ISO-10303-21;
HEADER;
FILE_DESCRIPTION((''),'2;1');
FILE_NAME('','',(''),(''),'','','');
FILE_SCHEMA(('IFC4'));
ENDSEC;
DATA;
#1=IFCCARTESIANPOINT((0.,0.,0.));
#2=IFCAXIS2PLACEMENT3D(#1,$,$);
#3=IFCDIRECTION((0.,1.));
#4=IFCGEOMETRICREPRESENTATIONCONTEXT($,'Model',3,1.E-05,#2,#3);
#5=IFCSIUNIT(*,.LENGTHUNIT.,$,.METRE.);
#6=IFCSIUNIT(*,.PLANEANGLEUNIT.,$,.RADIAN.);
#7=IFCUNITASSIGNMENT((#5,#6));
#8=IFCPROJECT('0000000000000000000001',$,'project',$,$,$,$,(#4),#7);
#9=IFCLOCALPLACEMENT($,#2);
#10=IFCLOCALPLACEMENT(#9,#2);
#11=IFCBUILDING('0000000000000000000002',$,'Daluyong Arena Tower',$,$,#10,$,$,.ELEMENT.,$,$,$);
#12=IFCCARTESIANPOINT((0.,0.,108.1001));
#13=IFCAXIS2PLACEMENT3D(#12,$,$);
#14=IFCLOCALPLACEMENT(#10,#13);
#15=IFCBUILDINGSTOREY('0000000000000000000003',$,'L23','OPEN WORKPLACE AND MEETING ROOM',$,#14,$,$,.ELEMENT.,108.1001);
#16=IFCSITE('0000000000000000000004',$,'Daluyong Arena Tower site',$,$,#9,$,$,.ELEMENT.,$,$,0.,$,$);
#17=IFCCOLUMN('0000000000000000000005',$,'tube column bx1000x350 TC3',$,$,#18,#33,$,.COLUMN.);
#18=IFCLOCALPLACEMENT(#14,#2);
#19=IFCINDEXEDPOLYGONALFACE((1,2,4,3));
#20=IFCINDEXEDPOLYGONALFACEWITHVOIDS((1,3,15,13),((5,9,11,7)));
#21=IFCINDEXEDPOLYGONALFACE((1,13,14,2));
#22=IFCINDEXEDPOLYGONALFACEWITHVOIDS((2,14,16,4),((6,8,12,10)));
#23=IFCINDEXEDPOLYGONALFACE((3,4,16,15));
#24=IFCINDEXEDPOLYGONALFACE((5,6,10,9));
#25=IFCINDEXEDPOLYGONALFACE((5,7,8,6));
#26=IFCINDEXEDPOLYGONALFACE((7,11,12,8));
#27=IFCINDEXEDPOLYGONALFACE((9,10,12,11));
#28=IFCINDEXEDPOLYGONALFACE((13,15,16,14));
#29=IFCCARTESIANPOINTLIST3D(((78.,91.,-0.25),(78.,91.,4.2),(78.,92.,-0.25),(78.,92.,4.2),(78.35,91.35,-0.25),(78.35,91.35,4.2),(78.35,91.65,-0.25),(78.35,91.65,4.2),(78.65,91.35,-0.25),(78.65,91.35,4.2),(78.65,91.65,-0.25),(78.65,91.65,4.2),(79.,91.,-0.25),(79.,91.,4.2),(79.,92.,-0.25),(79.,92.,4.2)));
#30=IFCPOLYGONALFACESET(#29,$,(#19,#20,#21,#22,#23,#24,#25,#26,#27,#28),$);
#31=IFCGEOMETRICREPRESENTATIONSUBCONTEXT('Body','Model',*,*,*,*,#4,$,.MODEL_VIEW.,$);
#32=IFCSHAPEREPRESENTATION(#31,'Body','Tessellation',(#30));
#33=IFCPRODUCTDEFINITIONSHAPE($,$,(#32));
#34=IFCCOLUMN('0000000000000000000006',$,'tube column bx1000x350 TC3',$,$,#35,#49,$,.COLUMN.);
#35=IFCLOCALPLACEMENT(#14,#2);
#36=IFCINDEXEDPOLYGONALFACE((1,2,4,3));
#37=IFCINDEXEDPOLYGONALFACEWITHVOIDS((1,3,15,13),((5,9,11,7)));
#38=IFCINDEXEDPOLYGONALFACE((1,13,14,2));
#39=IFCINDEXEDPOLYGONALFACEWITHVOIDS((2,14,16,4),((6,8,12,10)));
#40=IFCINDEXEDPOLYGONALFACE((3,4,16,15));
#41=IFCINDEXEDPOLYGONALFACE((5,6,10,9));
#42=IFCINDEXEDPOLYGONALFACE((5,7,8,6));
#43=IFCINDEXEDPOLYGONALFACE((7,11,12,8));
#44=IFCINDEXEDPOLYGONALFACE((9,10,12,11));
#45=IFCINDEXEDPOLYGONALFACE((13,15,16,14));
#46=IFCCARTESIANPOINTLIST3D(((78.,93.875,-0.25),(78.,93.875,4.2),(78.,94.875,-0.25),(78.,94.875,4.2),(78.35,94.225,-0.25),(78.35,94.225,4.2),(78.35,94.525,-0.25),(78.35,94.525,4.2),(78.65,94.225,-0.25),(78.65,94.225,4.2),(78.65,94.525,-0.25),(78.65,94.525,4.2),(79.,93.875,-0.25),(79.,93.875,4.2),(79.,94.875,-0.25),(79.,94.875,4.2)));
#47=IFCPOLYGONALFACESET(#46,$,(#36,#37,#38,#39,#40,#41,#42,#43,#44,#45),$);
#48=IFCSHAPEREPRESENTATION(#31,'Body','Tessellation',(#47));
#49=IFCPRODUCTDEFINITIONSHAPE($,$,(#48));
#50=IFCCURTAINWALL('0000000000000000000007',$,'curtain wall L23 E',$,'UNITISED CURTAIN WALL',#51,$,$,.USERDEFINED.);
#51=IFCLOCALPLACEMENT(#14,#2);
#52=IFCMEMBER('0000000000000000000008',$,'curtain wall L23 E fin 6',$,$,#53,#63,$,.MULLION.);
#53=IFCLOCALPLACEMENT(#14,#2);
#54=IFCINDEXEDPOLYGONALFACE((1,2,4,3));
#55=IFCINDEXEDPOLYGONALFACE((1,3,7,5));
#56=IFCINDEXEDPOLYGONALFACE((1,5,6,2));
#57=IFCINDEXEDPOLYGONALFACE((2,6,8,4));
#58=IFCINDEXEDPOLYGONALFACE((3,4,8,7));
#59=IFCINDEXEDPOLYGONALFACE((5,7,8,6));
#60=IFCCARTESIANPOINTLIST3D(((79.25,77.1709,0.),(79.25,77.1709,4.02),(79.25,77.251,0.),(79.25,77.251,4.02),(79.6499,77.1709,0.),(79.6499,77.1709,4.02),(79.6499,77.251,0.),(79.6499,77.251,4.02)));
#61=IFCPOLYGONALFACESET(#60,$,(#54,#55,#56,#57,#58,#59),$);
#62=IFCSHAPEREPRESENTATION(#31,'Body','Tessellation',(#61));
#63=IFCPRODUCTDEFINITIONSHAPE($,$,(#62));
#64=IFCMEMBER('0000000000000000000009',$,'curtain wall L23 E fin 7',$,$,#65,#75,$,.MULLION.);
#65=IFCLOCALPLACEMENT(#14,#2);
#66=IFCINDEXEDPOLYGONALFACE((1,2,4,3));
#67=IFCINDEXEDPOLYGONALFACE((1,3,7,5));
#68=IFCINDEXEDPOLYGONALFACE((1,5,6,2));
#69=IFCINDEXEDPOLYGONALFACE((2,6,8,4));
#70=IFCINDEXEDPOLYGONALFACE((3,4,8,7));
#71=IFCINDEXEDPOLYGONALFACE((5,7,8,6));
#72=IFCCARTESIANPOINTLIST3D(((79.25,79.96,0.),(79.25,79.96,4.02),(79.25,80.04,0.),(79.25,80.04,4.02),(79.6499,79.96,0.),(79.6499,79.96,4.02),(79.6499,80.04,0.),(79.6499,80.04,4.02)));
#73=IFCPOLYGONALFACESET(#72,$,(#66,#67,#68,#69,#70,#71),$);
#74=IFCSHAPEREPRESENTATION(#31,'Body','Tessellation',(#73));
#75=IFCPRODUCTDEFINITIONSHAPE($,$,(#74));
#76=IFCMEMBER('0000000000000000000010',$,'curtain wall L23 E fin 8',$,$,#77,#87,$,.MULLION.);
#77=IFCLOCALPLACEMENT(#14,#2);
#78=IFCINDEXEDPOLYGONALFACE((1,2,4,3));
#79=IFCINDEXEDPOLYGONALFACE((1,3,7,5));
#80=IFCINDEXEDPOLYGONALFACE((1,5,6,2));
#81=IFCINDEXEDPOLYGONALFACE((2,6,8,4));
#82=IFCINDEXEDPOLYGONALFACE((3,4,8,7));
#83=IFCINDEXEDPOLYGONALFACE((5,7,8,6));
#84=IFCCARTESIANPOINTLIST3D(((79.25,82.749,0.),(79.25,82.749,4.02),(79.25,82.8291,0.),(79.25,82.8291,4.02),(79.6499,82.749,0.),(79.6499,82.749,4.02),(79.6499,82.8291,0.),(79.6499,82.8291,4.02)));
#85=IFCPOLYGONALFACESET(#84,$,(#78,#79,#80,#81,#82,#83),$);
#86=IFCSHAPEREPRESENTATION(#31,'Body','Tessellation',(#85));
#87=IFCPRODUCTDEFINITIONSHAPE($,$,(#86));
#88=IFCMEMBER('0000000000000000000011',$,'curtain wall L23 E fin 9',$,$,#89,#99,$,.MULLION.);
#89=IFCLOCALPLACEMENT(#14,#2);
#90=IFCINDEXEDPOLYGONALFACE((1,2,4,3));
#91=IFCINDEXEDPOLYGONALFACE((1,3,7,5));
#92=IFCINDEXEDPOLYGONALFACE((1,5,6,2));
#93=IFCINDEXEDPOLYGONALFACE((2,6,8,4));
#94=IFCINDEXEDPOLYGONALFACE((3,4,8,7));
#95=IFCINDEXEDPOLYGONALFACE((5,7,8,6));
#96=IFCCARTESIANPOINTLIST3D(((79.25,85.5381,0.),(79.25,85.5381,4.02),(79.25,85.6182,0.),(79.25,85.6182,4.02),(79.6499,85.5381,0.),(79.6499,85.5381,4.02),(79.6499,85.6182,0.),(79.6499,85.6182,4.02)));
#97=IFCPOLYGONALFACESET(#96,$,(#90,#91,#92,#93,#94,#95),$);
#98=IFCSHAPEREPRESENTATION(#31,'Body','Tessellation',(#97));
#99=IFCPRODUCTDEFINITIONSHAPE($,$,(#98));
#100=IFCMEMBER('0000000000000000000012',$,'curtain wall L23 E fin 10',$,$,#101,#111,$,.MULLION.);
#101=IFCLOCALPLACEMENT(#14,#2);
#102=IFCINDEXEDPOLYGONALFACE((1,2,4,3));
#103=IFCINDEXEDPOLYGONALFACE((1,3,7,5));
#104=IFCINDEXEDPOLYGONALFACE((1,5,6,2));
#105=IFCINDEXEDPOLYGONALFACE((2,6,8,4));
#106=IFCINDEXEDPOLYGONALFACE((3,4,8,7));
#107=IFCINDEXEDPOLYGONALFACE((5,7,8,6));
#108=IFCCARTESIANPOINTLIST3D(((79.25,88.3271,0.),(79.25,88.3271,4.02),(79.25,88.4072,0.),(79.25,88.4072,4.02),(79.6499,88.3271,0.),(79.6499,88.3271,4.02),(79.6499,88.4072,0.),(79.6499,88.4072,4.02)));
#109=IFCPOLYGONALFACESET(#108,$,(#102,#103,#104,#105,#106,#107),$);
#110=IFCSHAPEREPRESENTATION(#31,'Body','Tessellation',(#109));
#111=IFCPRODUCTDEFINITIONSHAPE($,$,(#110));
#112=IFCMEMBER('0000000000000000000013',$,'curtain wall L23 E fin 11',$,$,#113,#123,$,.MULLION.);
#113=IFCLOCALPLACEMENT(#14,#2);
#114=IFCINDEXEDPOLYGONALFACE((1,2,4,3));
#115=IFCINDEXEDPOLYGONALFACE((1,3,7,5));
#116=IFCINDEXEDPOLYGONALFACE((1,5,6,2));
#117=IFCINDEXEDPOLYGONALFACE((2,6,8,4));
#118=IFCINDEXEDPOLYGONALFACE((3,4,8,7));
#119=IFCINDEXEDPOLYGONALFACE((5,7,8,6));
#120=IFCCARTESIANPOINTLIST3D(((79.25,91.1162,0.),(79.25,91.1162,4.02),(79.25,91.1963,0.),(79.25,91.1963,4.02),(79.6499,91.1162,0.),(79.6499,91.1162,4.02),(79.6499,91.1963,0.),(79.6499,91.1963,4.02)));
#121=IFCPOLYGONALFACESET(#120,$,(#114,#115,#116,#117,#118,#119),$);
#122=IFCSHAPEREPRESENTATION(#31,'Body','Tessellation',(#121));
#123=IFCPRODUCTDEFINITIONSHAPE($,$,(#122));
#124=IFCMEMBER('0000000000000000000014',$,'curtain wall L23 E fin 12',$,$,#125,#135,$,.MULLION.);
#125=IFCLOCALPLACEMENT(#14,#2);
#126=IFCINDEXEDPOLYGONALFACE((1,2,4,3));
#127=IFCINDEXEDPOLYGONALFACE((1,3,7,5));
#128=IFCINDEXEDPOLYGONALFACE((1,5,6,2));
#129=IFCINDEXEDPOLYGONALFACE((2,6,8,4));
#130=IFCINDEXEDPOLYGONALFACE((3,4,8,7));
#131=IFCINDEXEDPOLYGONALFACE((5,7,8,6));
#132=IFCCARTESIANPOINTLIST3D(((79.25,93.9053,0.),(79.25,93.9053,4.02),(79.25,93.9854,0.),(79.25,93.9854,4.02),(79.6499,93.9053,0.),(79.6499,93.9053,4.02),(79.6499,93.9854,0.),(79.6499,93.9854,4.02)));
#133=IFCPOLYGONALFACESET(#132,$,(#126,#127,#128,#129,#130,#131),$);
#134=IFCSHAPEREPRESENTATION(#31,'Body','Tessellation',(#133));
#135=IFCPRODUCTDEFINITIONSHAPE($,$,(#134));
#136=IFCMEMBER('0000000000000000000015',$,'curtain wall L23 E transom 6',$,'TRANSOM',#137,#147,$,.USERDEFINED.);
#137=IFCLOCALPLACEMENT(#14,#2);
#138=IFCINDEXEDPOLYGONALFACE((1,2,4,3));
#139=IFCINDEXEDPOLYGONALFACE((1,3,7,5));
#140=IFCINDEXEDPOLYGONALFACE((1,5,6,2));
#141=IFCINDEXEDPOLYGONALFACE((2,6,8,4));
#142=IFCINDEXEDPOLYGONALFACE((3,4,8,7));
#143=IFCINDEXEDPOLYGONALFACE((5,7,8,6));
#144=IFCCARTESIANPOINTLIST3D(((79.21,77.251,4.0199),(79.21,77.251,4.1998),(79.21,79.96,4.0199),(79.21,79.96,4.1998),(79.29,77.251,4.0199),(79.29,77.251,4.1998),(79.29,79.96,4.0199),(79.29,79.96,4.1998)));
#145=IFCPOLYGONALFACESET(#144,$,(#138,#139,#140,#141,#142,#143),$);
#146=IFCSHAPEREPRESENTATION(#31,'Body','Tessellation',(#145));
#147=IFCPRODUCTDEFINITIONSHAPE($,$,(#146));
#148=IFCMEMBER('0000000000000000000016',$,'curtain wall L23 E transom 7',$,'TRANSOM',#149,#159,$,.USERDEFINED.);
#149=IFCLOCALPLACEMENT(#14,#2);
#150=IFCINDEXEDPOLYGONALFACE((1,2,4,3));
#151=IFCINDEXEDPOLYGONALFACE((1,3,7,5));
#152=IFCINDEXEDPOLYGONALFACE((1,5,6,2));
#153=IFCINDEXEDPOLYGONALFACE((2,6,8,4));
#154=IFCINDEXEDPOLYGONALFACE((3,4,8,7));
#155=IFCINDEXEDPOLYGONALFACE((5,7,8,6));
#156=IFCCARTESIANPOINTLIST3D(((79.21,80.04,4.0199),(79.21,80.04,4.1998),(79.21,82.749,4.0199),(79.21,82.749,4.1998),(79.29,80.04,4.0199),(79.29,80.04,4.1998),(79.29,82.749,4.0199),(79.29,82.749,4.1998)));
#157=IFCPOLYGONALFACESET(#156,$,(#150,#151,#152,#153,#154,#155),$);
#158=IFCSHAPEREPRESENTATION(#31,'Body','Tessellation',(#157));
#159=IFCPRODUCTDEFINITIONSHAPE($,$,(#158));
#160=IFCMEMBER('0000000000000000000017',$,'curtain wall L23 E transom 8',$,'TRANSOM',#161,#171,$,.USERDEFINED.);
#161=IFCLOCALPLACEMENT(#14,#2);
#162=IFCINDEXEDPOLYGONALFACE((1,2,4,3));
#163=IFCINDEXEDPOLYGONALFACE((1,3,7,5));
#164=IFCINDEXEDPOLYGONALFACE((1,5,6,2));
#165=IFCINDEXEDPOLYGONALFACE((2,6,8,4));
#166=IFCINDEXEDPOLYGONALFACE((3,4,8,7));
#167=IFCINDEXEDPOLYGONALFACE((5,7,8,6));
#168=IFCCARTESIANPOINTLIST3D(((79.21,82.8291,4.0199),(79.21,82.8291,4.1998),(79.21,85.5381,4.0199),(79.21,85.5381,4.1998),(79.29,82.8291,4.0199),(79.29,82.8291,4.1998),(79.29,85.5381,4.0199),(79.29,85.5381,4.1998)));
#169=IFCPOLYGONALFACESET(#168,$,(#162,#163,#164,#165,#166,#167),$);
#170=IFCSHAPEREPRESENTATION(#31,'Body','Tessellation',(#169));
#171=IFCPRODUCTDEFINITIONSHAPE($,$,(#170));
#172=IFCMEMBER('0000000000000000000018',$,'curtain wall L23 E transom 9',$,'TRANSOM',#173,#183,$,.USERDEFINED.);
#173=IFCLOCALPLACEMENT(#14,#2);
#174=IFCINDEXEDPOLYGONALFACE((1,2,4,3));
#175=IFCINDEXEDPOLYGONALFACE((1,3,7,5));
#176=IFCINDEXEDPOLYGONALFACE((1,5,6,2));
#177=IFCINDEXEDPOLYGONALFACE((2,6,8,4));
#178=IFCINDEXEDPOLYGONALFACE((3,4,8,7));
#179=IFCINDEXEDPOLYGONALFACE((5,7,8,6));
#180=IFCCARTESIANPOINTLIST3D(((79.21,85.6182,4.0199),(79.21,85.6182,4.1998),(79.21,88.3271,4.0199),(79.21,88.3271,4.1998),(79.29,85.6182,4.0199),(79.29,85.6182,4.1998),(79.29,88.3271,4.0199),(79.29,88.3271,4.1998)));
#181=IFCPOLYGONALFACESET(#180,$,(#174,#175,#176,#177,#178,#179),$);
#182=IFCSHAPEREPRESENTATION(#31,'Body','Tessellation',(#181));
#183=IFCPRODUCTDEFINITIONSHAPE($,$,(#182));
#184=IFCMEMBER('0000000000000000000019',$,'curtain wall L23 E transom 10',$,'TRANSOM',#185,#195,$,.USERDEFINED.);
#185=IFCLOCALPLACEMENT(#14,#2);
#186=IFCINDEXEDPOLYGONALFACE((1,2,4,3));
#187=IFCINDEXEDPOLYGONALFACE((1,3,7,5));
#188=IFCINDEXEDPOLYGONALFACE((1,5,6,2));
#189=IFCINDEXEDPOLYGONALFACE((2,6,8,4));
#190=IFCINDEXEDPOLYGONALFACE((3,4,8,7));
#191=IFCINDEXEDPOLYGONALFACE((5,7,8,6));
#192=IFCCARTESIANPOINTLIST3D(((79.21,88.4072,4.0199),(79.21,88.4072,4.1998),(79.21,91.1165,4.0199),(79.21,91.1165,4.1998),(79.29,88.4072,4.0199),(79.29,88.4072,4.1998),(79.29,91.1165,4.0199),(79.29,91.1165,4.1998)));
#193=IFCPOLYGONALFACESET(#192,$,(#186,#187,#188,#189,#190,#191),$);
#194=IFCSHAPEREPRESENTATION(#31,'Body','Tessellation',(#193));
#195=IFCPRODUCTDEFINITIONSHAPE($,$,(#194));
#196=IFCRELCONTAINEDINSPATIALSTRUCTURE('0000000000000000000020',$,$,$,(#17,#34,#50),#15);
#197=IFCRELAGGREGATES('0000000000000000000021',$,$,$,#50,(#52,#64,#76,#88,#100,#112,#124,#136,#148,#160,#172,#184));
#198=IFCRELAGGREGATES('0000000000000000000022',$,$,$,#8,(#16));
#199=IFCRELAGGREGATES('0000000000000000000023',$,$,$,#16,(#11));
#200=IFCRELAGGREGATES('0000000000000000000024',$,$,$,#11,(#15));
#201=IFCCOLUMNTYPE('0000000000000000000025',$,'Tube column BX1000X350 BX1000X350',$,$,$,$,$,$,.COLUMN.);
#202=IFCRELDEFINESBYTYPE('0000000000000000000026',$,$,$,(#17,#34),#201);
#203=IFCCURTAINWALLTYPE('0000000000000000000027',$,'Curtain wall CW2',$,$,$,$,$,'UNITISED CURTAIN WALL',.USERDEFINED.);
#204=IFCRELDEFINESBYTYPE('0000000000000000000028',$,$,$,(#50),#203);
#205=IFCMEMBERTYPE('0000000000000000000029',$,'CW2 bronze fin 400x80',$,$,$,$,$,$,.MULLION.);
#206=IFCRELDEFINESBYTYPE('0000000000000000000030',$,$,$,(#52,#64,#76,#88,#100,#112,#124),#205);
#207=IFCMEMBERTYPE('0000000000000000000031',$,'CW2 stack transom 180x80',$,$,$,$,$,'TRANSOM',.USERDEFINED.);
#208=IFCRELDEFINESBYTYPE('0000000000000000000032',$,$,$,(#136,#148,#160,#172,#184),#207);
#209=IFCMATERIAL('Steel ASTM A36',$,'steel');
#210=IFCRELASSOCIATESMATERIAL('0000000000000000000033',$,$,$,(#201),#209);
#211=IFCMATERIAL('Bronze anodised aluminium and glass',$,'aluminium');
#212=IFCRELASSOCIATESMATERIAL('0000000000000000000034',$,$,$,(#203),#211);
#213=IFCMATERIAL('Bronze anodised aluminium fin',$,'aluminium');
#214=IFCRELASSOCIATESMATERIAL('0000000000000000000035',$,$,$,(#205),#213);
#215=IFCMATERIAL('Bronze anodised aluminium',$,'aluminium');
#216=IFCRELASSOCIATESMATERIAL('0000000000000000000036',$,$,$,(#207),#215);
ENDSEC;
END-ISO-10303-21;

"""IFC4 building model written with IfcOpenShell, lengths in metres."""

from ifc_helpers import new_model, si_unit, direction, frame, origin, origin_2d, place, context, subcontext, project, spatial, rectangle, hollow_rectangle, extrude, material, material_profile, profile_set, type_object, element, aggregate, save


model = new_model("IFC4")

# Units and contexts
model_context = context("Model", 3, precision=1e-05, world=origin(), true_north=direction((0.0, 1.0)))
body_context = subcontext(model_context, "Body", "Model", "MODEL_VIEW")
ifc_project = project(units=[si_unit("LENGTHUNIT", "METRE"), si_unit("PLANEANGLEUNIT", "RADIAN")], contexts=[model_context])

# Site, building, storey
site_placement = place(None, origin())
site = spatial("IfcSite", under=ifc_project, at=site_placement, Name="Daluyong Arena Tower site", CompositionType="ELEMENT", RefElevation=0.0)
building_placement = place(site_placement, origin())
building = spatial("IfcBuilding", under=site, at=building_placement, Name="Daluyong Arena Tower", CompositionType="ELEMENT")
storey_placement = place(building_placement, frame((0.0, 0.0, 108.1001)))
storey = spatial("IfcBuildingStorey", under=building, at=storey_placement, Name="L23", Description="OPEN WORKPLACE AND MEETING ROOM", CompositionType="ELEMENT", Elevation=108.1001)

# Columns
ifc_material_1 = material(Name="Steel ASTM A36", Category="steel")
ifc_material_profile_1 = material_profile(ifc_material_1, hollow_rectangle(XDim=1.0, YDim=1.0, WallThickness=0.35, at=origin_2d()))
ifc_profile_set_1 = profile_set([ifc_material_profile_1], Name="Steel ASTM A36")
column_type = type_object("IfcColumnType", Name="Tube column BX1000X350 BX1000X350", PredefinedType="COLUMN", material=ifc_profile_set_1)
for number, where, z_axis, x_axis, name in (
    (1, (78.5, 91.5, -0.25), (0.0, 0.0, 1.0), (0.0, 1.0, 0.0), "tube column bx1000x350 TC3"),
    (2, (78.5, 94.375, -0.25), (0.0, 0.0, 1.0), (0.0, 1.0, 0.0), "tube column bx1000x350 TC3"),
):
    element("IfcColumn", number, at=place(storey_placement, frame(where, z_axis=z_axis, x_axis=x_axis)), inside=storey, type_object=column_type, Name=name, PredefinedType="COLUMN", context=body_context, shape_type="SweptSolid", body=[
        extrude(hollow_rectangle(XDim=1.0, YDim=1.0, WallThickness=0.35, at=origin_2d()), origin(), (0.0, 0.0, 1.0), 4.45),
    ])

# Curtain wall, members
ifc_material_2 = material(Name="Bronze anodised aluminium and glass", Category="aluminium")
curtain_wall_type = type_object("IfcCurtainWallType", Name="Curtain wall CW2", ElementType="UNITISED CURTAIN WALL", PredefinedType="USERDEFINED", material=ifc_material_2)
curtain_wall_placement = place(storey_placement, origin())
curtain_wall = element("IfcCurtainWall", 3, at=curtain_wall_placement, inside=storey, type_object=curtain_wall_type, Name="curtain wall L23 E", ObjectType="UNITISED CURTAIN WALL", PredefinedType="USERDEFINED")
ifc_material_3 = material(Name="Bronze anodised aluminium fin", Category="aluminium")
ifc_material_profile_2 = material_profile(ifc_material_3, rectangle(XDim=0.3999, YDim=0.0801, at=origin_2d()))
ifc_profile_set_2 = profile_set([ifc_material_profile_2], Name="Bronze anodised aluminium fin")
member_type_1 = type_object("IfcMemberType", Name="CW2 bronze fin 400x80", PredefinedType="MULLION", material=ifc_profile_set_2)
member_1_placement = place(storey_placement, frame((79.45, 77.2109, 0.0), z_axis=(0.0, 0.0, 1.0), x_axis=(-1.0, 0.0, 0.0)))
member_1 = element("IfcMember", 4, at=member_1_placement, type_object=member_type_1, Name="curtain wall L23 E fin 6", PredefinedType="MULLION", context=body_context, shape_type="SweptSolid", body=[
    extrude(rectangle(XDim=0.3999, YDim=0.0801, at=origin_2d()), origin(), (0.0, 0.0, 1.0), 4.02),
])
member_2_placement = place(storey_placement, frame((79.45, 80.0, 0.0), z_axis=(0.0, 0.0, 1.0), x_axis=(-1.0, 0.0, 0.0)))
member_2 = element("IfcMember", 5, at=member_2_placement, type_object=member_type_1, Name="curtain wall L23 E fin 7", PredefinedType="MULLION", context=body_context, shape_type="SweptSolid", body=[
    extrude(rectangle(XDim=0.3999, YDim=0.0801, at=origin_2d()), origin(), (0.0, 0.0, 1.0), 4.02),
])
member_3_placement = place(storey_placement, frame((79.45, 82.7891, 0.0), z_axis=(0.0, 0.0, 1.0), x_axis=(-1.0, 0.0, 0.0)))
member_3 = element("IfcMember", 6, at=member_3_placement, type_object=member_type_1, Name="curtain wall L23 E fin 8", PredefinedType="MULLION", context=body_context, shape_type="SweptSolid", body=[
    extrude(rectangle(XDim=0.3999, YDim=0.0801, at=origin_2d()), origin(), (0.0, 0.0, 1.0), 4.02),
])
member_4_placement = place(storey_placement, frame((79.45, 85.5781, 0.0), z_axis=(0.0, 0.0, 1.0), x_axis=(-1.0, 0.0, 0.0)))
member_4 = element("IfcMember", 7, at=member_4_placement, type_object=member_type_1, Name="curtain wall L23 E fin 9", PredefinedType="MULLION", context=body_context, shape_type="SweptSolid", body=[
    extrude(rectangle(XDim=0.3999, YDim=0.0801, at=origin_2d()), origin(), (0.0, 0.0, 1.0), 4.02),
])
member_5_placement = place(storey_placement, frame((79.45, 88.3672, 0.0), z_axis=(0.0, 0.0, 1.0), x_axis=(-1.0, 0.0, 0.0)))
member_5 = element("IfcMember", 8, at=member_5_placement, type_object=member_type_1, Name="curtain wall L23 E fin 10", PredefinedType="MULLION", context=body_context, shape_type="SweptSolid", body=[
    extrude(rectangle(XDim=0.3999, YDim=0.0801, at=origin_2d()), origin(), (0.0, 0.0, 1.0), 4.02),
])
member_6_placement = place(storey_placement, frame((79.45, 91.1562, 0.0), z_axis=(0.0, 0.0, 1.0), x_axis=(-1.0, 0.0, 0.0)))
member_6 = element("IfcMember", 9, at=member_6_placement, type_object=member_type_1, Name="curtain wall L23 E fin 11", PredefinedType="MULLION", context=body_context, shape_type="SweptSolid", body=[
    extrude(rectangle(XDim=0.3999, YDim=0.0801, at=origin_2d()), origin(), (0.0, 0.0, 1.0), 4.02),
])
member_7_placement = place(storey_placement, frame((79.45, 93.9453, 0.0), z_axis=(0.0, 0.0, 1.0), x_axis=(-1.0, 0.0, 0.0)))
member_7 = element("IfcMember", 10, at=member_7_placement, type_object=member_type_1, Name="curtain wall L23 E fin 12", PredefinedType="MULLION", context=body_context, shape_type="SweptSolid", body=[
    extrude(rectangle(XDim=0.3999, YDim=0.0801, at=origin_2d()), origin(), (0.0, 0.0, 1.0), 4.02),
])
ifc_material_4 = material(Name="Bronze anodised aluminium", Category="aluminium")
ifc_material_profile_3 = material_profile(ifc_material_4, rectangle(XDim=0.0801, YDim=0.1799, at=origin_2d()))
ifc_profile_set_3 = profile_set([ifc_material_profile_3], Name="Bronze anodised aluminium")
member_type_2 = type_object("IfcMemberType", Name="CW2 stack transom 180x80", ElementType="TRANSOM", PredefinedType="USERDEFINED", material=ifc_profile_set_3)
member_8_placement = place(storey_placement, frame((79.25, 77.251, 4.1099), z_axis=(0.0, 1.0, 0.0), x_axis=(-1.0, 0.0, 0.0)))
member_8 = element("IfcMember", 11, at=member_8_placement, type_object=member_type_2, Name="curtain wall L23 E transom 6", ObjectType="TRANSOM", PredefinedType="USERDEFINED", context=body_context, shape_type="SweptSolid", body=[
    extrude(rectangle(XDim=0.0801, YDim=0.1799, at=origin_2d()), origin(), (0.0, 0.0, 1.0), 2.709),
])
member_9_placement = place(storey_placement, frame((79.25, 80.04, 4.1099), z_axis=(0.0, 1.0, 0.0), x_axis=(-1.0, 0.0, 0.0)))
member_9 = element("IfcMember", 12, at=member_9_placement, type_object=member_type_2, Name="curtain wall L23 E transom 7", ObjectType="TRANSOM", PredefinedType="USERDEFINED", context=body_context, shape_type="SweptSolid", body=[
    extrude(rectangle(XDim=0.0801, YDim=0.1799, at=origin_2d()), origin(), (0.0, 0.0, 1.0), 2.709),
])
member_10_placement = place(storey_placement, frame((79.25, 82.8291, 4.1099), z_axis=(0.0, 1.0, 0.0), x_axis=(-1.0, 0.0, 0.0)))
member_10 = element("IfcMember", 13, at=member_10_placement, type_object=member_type_2, Name="curtain wall L23 E transom 8", ObjectType="TRANSOM", PredefinedType="USERDEFINED", context=body_context, shape_type="SweptSolid", body=[
    extrude(rectangle(XDim=0.0801, YDim=0.1799, at=origin_2d()), origin(), (0.0, 0.0, 1.0), 2.709),
])
member_11_placement = place(storey_placement, frame((79.25, 85.6182, 4.1099), z_axis=(0.0, 1.0, 0.0), x_axis=(-1.0, 0.0, 0.0)))
member_11 = element("IfcMember", 14, at=member_11_placement, type_object=member_type_2, Name="curtain wall L23 E transom 9", ObjectType="TRANSOM", PredefinedType="USERDEFINED", context=body_context, shape_type="SweptSolid", body=[
    extrude(rectangle(XDim=0.0801, YDim=0.1799, at=origin_2d()), origin(), (0.0, 0.0, 1.0), 2.709),
])
member_12_placement = place(storey_placement, frame((79.25, 88.4072, 4.1099), z_axis=(0.0, 1.0, 0.0), x_axis=(-1.0, 0.0, 0.0)))
member_12 = element("IfcMember", 15, at=member_12_placement, type_object=member_type_2, Name="curtain wall L23 E transom 10", ObjectType="TRANSOM", PredefinedType="USERDEFINED", context=body_context, shape_type="SweptSolid", body=[
    extrude(rectangle(XDim=0.0801, YDim=0.1799, at=origin_2d()), origin(), (0.0, 0.0, 1.0), 2.7092),
])

aggregate(curtain_wall, [member_1, member_2, member_3, member_4, member_5, member_6, member_7, member_8, member_9, member_10, member_11, member_12])

save(model, "model.ifc")
